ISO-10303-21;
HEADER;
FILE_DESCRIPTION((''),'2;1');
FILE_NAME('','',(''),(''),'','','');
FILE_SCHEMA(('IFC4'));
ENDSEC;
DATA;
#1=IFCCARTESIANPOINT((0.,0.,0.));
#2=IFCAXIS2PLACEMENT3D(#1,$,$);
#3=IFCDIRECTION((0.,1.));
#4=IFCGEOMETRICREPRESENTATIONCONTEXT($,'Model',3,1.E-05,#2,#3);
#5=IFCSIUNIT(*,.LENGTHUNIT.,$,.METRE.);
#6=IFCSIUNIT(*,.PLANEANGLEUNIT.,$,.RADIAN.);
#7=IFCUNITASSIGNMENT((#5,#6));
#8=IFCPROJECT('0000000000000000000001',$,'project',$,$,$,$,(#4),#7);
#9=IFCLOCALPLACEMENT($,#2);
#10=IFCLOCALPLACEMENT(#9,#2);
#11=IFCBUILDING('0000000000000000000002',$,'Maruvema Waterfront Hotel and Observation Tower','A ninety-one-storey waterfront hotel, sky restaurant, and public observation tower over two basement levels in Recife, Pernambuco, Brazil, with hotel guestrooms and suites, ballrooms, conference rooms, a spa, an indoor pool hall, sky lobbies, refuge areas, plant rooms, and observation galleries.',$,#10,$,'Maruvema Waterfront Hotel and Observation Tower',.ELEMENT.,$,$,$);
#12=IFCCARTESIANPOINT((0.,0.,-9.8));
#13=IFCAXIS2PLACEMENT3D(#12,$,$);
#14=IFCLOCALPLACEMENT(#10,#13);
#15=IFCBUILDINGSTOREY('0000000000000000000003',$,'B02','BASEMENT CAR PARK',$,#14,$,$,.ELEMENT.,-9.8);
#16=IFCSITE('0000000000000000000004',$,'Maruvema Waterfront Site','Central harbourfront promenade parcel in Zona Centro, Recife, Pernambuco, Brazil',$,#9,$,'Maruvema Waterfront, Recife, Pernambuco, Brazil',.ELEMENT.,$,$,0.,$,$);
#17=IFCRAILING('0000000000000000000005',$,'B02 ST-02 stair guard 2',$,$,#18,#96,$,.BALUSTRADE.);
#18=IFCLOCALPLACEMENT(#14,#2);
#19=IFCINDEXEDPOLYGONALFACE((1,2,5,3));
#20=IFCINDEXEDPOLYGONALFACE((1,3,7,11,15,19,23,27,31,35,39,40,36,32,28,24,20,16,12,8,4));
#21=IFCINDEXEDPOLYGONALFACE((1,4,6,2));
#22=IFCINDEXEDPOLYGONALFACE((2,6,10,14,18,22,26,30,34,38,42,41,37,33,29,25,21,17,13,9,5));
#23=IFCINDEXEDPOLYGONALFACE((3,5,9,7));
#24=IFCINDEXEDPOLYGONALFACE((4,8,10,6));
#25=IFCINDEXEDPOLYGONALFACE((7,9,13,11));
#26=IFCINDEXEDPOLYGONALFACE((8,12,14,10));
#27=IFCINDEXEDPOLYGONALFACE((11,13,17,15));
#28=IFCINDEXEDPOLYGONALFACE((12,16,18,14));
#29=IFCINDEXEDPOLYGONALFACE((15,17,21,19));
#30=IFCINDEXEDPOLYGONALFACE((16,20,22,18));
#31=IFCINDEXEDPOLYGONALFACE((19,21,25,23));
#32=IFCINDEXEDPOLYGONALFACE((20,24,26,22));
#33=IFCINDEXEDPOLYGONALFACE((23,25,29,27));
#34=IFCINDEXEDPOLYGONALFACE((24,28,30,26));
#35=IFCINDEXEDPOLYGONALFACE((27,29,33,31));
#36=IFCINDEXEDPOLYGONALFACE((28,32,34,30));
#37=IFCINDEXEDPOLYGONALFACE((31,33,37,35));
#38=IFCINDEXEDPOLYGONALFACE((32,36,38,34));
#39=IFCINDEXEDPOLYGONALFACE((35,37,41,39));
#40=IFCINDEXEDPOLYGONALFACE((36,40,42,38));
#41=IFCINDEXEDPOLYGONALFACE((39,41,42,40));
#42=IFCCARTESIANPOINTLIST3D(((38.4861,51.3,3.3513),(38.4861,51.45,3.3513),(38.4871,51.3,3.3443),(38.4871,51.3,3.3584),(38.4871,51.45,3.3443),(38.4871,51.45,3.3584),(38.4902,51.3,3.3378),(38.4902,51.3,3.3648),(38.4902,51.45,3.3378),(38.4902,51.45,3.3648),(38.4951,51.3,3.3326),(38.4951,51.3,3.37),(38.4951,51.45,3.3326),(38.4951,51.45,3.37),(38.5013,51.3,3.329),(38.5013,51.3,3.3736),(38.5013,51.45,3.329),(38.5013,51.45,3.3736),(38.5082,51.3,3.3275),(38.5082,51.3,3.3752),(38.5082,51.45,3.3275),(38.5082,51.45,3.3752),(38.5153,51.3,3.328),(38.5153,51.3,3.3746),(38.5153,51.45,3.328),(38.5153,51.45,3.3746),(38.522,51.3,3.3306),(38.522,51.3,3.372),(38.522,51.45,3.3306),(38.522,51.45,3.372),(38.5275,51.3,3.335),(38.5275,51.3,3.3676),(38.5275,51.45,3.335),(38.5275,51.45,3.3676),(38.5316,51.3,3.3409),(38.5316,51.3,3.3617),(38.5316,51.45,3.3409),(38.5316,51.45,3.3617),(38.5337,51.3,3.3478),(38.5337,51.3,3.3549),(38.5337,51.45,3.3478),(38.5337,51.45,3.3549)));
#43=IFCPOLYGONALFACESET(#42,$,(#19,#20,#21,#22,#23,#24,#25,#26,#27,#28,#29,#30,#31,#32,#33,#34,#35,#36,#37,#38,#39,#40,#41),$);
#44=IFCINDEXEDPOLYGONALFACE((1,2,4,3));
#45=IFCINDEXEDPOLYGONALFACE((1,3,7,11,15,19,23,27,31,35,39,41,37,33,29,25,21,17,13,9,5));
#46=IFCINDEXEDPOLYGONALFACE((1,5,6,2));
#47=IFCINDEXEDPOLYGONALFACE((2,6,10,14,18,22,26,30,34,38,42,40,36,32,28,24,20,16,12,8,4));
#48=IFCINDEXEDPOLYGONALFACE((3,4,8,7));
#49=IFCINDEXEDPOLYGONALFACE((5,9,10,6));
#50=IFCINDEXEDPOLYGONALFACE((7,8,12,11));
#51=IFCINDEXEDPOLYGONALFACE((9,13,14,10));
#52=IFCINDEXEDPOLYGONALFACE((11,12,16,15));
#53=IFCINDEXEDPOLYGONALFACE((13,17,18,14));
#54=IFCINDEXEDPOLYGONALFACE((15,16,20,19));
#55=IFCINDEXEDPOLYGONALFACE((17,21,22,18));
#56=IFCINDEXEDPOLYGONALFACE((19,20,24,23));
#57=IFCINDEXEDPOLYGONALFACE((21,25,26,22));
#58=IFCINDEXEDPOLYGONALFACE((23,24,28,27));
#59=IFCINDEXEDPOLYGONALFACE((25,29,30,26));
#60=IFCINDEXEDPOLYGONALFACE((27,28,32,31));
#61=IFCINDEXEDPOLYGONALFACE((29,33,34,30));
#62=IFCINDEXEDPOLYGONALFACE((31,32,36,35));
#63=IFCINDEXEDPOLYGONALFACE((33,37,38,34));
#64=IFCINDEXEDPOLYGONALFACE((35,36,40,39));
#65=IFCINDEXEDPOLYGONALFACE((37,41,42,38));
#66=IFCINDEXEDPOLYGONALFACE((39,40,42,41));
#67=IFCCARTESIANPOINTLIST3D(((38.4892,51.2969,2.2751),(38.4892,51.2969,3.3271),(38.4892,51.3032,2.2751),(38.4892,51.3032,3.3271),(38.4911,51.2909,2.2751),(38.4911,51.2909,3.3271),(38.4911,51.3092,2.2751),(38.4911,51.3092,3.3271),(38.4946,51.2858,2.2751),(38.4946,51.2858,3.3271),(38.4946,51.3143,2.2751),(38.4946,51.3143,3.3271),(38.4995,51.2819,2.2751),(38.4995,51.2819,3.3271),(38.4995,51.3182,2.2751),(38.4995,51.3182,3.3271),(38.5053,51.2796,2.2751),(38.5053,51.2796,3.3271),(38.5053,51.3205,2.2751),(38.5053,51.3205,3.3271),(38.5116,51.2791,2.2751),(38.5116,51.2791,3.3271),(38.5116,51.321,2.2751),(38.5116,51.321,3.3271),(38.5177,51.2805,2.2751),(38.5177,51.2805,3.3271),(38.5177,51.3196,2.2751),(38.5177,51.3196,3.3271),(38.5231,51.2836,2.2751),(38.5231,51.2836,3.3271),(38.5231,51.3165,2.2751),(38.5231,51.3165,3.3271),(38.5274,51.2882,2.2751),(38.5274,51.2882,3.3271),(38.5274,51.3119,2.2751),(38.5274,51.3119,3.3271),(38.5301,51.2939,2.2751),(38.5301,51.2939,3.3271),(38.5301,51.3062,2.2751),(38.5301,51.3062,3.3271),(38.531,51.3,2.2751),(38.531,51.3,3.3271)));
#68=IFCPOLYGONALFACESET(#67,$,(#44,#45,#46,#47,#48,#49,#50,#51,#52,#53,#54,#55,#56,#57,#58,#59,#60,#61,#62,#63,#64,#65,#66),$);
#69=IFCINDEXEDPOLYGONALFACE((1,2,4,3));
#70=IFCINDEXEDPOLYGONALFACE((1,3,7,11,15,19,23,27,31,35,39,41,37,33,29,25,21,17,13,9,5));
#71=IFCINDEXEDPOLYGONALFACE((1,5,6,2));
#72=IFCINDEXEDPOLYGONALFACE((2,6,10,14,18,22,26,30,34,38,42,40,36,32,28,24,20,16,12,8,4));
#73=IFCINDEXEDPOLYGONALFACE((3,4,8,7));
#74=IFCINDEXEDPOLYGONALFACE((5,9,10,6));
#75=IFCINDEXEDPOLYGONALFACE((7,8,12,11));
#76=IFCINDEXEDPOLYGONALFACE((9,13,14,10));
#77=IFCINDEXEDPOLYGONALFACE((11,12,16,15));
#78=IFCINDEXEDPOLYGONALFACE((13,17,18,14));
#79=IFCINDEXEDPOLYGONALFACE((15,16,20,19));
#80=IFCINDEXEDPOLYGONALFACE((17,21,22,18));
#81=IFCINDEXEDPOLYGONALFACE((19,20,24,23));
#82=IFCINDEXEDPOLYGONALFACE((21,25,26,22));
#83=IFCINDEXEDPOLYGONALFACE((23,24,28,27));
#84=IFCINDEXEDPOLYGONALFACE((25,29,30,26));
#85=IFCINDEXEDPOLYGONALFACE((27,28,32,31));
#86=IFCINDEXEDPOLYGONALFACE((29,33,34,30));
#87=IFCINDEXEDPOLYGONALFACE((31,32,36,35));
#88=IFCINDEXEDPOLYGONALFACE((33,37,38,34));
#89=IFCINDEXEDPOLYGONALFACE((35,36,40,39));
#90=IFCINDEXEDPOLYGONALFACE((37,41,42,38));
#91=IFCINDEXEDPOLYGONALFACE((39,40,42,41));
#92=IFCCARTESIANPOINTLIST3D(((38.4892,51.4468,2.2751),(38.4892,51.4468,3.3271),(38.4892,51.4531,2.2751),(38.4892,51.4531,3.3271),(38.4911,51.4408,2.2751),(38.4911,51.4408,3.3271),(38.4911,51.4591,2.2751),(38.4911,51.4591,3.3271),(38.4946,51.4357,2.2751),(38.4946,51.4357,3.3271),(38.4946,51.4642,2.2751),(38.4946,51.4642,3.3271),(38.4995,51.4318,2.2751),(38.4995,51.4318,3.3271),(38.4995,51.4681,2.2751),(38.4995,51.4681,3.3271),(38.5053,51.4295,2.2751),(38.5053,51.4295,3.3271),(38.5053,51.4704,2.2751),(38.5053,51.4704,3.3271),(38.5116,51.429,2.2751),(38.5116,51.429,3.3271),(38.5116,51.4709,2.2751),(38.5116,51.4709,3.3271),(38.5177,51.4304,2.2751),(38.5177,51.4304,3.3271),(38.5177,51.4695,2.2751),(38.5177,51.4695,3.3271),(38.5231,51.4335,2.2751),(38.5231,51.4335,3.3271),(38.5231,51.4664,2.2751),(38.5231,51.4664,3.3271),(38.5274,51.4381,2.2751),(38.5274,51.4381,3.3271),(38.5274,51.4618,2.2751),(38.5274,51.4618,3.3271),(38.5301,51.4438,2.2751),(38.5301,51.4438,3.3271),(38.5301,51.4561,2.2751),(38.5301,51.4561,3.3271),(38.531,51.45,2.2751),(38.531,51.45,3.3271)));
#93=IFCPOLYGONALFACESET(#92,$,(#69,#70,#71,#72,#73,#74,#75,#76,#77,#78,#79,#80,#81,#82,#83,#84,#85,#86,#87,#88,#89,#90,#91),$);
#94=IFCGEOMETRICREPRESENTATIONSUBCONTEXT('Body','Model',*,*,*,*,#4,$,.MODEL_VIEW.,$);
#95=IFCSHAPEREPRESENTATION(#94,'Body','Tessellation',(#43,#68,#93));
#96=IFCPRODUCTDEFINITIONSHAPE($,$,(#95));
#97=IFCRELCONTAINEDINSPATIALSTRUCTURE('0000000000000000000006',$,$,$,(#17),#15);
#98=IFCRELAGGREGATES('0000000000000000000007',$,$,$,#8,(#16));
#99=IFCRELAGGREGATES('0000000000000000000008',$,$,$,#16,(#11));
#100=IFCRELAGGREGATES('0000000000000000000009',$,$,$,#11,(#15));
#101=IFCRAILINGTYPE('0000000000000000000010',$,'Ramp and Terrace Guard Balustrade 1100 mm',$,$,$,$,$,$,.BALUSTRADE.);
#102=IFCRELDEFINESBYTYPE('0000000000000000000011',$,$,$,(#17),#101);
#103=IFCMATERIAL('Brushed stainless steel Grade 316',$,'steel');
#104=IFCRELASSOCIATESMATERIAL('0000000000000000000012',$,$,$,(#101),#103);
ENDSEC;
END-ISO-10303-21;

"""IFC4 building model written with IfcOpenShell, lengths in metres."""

from ifc_helpers import new_model, si_unit, direction, frame, origin, origin_2d, place, context, subcontext, project, spatial, circle, extrude, material, type_object, element, save


model = new_model("IFC4")

# Units and contexts
model_context = context("Model", 3, precision=1e-05, world=origin(), true_north=direction((0.0, 1.0)))
body_context = subcontext(model_context, "Body", "Model", "MODEL_VIEW")
ifc_project = project(units=[si_unit("LENGTHUNIT", "METRE"), si_unit("PLANEANGLEUNIT", "RADIAN")], contexts=[model_context])

# Site, building, storey
site_placement = place(None, origin())
site = spatial("IfcSite", under=ifc_project, at=site_placement, Name="Maruvema Waterfront Site", Description="Central harbourfront promenade parcel in Zona Centro, Recife, Pernambuco, Brazil", LongName="Maruvema Waterfront, Recife, Pernambuco, Brazil", CompositionType="ELEMENT", RefElevation=0.0)
building_placement = place(site_placement, origin())
building = spatial("IfcBuilding", under=site, at=building_placement, Name="Maruvema Waterfront Hotel and Observation Tower", Description="A ninety-one-storey waterfront hotel, sky restaurant, and public observation tower over two basement levels in Recife, Pernambuco, Brazil, with hotel guestrooms and suites, ballrooms, conference rooms, a spa, an indoor pool hall, sky lobbies, refuge areas, plant rooms, and observation galleries.", LongName="Maruvema Waterfront Hotel and Observation Tower", CompositionType="ELEMENT")
storey_placement = place(building_placement, frame((0.0, 0.0, -9.8)))
storey = spatial("IfcBuildingStorey", under=building, at=storey_placement, Name="B02", Description="BASEMENT CAR PARK", CompositionType="ELEMENT", Elevation=-9.8)

# Railing
ifc_material_1 = material(Name="Brushed stainless steel Grade 316", Category="steel")
railing_type_1 = type_object("IfcRailingType", Name="Ramp and Terrace Guard Balustrade 1100 mm", PredefinedType="BALUSTRADE", material=ifc_material_1)
railing_1_placement = place(storey_placement, frame((38.51, 51.3, 2.2751)))
element("IfcRailing", 1, at=railing_1_placement, inside=storey, type_object=railing_type_1, Name="B02 ST-02 stair guard 2", PredefinedType="BALUSTRADE", context=body_context, shape_type="SweptSolid", body=[
    extrude(circle(Radius=0.0239, at=origin_2d()), frame((0.0, 0.0, 1.0762), z_axis=(0.0, 1.0, 0.0), x_axis=(-1.0, 0.0, 0.0)), (0.0, 0.0, 1.0), 0.1499),
    extrude(circle(Radius=0.021, at=origin_2d()), origin(), (0.0, 0.0, 1.0), 1.052),
    extrude(circle(Radius=0.021, at=origin_2d()), frame((0.0, 0.1499, 0.0)), (0.0, 0.0, 1.0), 1.052),
])

save(model, "model.ifc")
